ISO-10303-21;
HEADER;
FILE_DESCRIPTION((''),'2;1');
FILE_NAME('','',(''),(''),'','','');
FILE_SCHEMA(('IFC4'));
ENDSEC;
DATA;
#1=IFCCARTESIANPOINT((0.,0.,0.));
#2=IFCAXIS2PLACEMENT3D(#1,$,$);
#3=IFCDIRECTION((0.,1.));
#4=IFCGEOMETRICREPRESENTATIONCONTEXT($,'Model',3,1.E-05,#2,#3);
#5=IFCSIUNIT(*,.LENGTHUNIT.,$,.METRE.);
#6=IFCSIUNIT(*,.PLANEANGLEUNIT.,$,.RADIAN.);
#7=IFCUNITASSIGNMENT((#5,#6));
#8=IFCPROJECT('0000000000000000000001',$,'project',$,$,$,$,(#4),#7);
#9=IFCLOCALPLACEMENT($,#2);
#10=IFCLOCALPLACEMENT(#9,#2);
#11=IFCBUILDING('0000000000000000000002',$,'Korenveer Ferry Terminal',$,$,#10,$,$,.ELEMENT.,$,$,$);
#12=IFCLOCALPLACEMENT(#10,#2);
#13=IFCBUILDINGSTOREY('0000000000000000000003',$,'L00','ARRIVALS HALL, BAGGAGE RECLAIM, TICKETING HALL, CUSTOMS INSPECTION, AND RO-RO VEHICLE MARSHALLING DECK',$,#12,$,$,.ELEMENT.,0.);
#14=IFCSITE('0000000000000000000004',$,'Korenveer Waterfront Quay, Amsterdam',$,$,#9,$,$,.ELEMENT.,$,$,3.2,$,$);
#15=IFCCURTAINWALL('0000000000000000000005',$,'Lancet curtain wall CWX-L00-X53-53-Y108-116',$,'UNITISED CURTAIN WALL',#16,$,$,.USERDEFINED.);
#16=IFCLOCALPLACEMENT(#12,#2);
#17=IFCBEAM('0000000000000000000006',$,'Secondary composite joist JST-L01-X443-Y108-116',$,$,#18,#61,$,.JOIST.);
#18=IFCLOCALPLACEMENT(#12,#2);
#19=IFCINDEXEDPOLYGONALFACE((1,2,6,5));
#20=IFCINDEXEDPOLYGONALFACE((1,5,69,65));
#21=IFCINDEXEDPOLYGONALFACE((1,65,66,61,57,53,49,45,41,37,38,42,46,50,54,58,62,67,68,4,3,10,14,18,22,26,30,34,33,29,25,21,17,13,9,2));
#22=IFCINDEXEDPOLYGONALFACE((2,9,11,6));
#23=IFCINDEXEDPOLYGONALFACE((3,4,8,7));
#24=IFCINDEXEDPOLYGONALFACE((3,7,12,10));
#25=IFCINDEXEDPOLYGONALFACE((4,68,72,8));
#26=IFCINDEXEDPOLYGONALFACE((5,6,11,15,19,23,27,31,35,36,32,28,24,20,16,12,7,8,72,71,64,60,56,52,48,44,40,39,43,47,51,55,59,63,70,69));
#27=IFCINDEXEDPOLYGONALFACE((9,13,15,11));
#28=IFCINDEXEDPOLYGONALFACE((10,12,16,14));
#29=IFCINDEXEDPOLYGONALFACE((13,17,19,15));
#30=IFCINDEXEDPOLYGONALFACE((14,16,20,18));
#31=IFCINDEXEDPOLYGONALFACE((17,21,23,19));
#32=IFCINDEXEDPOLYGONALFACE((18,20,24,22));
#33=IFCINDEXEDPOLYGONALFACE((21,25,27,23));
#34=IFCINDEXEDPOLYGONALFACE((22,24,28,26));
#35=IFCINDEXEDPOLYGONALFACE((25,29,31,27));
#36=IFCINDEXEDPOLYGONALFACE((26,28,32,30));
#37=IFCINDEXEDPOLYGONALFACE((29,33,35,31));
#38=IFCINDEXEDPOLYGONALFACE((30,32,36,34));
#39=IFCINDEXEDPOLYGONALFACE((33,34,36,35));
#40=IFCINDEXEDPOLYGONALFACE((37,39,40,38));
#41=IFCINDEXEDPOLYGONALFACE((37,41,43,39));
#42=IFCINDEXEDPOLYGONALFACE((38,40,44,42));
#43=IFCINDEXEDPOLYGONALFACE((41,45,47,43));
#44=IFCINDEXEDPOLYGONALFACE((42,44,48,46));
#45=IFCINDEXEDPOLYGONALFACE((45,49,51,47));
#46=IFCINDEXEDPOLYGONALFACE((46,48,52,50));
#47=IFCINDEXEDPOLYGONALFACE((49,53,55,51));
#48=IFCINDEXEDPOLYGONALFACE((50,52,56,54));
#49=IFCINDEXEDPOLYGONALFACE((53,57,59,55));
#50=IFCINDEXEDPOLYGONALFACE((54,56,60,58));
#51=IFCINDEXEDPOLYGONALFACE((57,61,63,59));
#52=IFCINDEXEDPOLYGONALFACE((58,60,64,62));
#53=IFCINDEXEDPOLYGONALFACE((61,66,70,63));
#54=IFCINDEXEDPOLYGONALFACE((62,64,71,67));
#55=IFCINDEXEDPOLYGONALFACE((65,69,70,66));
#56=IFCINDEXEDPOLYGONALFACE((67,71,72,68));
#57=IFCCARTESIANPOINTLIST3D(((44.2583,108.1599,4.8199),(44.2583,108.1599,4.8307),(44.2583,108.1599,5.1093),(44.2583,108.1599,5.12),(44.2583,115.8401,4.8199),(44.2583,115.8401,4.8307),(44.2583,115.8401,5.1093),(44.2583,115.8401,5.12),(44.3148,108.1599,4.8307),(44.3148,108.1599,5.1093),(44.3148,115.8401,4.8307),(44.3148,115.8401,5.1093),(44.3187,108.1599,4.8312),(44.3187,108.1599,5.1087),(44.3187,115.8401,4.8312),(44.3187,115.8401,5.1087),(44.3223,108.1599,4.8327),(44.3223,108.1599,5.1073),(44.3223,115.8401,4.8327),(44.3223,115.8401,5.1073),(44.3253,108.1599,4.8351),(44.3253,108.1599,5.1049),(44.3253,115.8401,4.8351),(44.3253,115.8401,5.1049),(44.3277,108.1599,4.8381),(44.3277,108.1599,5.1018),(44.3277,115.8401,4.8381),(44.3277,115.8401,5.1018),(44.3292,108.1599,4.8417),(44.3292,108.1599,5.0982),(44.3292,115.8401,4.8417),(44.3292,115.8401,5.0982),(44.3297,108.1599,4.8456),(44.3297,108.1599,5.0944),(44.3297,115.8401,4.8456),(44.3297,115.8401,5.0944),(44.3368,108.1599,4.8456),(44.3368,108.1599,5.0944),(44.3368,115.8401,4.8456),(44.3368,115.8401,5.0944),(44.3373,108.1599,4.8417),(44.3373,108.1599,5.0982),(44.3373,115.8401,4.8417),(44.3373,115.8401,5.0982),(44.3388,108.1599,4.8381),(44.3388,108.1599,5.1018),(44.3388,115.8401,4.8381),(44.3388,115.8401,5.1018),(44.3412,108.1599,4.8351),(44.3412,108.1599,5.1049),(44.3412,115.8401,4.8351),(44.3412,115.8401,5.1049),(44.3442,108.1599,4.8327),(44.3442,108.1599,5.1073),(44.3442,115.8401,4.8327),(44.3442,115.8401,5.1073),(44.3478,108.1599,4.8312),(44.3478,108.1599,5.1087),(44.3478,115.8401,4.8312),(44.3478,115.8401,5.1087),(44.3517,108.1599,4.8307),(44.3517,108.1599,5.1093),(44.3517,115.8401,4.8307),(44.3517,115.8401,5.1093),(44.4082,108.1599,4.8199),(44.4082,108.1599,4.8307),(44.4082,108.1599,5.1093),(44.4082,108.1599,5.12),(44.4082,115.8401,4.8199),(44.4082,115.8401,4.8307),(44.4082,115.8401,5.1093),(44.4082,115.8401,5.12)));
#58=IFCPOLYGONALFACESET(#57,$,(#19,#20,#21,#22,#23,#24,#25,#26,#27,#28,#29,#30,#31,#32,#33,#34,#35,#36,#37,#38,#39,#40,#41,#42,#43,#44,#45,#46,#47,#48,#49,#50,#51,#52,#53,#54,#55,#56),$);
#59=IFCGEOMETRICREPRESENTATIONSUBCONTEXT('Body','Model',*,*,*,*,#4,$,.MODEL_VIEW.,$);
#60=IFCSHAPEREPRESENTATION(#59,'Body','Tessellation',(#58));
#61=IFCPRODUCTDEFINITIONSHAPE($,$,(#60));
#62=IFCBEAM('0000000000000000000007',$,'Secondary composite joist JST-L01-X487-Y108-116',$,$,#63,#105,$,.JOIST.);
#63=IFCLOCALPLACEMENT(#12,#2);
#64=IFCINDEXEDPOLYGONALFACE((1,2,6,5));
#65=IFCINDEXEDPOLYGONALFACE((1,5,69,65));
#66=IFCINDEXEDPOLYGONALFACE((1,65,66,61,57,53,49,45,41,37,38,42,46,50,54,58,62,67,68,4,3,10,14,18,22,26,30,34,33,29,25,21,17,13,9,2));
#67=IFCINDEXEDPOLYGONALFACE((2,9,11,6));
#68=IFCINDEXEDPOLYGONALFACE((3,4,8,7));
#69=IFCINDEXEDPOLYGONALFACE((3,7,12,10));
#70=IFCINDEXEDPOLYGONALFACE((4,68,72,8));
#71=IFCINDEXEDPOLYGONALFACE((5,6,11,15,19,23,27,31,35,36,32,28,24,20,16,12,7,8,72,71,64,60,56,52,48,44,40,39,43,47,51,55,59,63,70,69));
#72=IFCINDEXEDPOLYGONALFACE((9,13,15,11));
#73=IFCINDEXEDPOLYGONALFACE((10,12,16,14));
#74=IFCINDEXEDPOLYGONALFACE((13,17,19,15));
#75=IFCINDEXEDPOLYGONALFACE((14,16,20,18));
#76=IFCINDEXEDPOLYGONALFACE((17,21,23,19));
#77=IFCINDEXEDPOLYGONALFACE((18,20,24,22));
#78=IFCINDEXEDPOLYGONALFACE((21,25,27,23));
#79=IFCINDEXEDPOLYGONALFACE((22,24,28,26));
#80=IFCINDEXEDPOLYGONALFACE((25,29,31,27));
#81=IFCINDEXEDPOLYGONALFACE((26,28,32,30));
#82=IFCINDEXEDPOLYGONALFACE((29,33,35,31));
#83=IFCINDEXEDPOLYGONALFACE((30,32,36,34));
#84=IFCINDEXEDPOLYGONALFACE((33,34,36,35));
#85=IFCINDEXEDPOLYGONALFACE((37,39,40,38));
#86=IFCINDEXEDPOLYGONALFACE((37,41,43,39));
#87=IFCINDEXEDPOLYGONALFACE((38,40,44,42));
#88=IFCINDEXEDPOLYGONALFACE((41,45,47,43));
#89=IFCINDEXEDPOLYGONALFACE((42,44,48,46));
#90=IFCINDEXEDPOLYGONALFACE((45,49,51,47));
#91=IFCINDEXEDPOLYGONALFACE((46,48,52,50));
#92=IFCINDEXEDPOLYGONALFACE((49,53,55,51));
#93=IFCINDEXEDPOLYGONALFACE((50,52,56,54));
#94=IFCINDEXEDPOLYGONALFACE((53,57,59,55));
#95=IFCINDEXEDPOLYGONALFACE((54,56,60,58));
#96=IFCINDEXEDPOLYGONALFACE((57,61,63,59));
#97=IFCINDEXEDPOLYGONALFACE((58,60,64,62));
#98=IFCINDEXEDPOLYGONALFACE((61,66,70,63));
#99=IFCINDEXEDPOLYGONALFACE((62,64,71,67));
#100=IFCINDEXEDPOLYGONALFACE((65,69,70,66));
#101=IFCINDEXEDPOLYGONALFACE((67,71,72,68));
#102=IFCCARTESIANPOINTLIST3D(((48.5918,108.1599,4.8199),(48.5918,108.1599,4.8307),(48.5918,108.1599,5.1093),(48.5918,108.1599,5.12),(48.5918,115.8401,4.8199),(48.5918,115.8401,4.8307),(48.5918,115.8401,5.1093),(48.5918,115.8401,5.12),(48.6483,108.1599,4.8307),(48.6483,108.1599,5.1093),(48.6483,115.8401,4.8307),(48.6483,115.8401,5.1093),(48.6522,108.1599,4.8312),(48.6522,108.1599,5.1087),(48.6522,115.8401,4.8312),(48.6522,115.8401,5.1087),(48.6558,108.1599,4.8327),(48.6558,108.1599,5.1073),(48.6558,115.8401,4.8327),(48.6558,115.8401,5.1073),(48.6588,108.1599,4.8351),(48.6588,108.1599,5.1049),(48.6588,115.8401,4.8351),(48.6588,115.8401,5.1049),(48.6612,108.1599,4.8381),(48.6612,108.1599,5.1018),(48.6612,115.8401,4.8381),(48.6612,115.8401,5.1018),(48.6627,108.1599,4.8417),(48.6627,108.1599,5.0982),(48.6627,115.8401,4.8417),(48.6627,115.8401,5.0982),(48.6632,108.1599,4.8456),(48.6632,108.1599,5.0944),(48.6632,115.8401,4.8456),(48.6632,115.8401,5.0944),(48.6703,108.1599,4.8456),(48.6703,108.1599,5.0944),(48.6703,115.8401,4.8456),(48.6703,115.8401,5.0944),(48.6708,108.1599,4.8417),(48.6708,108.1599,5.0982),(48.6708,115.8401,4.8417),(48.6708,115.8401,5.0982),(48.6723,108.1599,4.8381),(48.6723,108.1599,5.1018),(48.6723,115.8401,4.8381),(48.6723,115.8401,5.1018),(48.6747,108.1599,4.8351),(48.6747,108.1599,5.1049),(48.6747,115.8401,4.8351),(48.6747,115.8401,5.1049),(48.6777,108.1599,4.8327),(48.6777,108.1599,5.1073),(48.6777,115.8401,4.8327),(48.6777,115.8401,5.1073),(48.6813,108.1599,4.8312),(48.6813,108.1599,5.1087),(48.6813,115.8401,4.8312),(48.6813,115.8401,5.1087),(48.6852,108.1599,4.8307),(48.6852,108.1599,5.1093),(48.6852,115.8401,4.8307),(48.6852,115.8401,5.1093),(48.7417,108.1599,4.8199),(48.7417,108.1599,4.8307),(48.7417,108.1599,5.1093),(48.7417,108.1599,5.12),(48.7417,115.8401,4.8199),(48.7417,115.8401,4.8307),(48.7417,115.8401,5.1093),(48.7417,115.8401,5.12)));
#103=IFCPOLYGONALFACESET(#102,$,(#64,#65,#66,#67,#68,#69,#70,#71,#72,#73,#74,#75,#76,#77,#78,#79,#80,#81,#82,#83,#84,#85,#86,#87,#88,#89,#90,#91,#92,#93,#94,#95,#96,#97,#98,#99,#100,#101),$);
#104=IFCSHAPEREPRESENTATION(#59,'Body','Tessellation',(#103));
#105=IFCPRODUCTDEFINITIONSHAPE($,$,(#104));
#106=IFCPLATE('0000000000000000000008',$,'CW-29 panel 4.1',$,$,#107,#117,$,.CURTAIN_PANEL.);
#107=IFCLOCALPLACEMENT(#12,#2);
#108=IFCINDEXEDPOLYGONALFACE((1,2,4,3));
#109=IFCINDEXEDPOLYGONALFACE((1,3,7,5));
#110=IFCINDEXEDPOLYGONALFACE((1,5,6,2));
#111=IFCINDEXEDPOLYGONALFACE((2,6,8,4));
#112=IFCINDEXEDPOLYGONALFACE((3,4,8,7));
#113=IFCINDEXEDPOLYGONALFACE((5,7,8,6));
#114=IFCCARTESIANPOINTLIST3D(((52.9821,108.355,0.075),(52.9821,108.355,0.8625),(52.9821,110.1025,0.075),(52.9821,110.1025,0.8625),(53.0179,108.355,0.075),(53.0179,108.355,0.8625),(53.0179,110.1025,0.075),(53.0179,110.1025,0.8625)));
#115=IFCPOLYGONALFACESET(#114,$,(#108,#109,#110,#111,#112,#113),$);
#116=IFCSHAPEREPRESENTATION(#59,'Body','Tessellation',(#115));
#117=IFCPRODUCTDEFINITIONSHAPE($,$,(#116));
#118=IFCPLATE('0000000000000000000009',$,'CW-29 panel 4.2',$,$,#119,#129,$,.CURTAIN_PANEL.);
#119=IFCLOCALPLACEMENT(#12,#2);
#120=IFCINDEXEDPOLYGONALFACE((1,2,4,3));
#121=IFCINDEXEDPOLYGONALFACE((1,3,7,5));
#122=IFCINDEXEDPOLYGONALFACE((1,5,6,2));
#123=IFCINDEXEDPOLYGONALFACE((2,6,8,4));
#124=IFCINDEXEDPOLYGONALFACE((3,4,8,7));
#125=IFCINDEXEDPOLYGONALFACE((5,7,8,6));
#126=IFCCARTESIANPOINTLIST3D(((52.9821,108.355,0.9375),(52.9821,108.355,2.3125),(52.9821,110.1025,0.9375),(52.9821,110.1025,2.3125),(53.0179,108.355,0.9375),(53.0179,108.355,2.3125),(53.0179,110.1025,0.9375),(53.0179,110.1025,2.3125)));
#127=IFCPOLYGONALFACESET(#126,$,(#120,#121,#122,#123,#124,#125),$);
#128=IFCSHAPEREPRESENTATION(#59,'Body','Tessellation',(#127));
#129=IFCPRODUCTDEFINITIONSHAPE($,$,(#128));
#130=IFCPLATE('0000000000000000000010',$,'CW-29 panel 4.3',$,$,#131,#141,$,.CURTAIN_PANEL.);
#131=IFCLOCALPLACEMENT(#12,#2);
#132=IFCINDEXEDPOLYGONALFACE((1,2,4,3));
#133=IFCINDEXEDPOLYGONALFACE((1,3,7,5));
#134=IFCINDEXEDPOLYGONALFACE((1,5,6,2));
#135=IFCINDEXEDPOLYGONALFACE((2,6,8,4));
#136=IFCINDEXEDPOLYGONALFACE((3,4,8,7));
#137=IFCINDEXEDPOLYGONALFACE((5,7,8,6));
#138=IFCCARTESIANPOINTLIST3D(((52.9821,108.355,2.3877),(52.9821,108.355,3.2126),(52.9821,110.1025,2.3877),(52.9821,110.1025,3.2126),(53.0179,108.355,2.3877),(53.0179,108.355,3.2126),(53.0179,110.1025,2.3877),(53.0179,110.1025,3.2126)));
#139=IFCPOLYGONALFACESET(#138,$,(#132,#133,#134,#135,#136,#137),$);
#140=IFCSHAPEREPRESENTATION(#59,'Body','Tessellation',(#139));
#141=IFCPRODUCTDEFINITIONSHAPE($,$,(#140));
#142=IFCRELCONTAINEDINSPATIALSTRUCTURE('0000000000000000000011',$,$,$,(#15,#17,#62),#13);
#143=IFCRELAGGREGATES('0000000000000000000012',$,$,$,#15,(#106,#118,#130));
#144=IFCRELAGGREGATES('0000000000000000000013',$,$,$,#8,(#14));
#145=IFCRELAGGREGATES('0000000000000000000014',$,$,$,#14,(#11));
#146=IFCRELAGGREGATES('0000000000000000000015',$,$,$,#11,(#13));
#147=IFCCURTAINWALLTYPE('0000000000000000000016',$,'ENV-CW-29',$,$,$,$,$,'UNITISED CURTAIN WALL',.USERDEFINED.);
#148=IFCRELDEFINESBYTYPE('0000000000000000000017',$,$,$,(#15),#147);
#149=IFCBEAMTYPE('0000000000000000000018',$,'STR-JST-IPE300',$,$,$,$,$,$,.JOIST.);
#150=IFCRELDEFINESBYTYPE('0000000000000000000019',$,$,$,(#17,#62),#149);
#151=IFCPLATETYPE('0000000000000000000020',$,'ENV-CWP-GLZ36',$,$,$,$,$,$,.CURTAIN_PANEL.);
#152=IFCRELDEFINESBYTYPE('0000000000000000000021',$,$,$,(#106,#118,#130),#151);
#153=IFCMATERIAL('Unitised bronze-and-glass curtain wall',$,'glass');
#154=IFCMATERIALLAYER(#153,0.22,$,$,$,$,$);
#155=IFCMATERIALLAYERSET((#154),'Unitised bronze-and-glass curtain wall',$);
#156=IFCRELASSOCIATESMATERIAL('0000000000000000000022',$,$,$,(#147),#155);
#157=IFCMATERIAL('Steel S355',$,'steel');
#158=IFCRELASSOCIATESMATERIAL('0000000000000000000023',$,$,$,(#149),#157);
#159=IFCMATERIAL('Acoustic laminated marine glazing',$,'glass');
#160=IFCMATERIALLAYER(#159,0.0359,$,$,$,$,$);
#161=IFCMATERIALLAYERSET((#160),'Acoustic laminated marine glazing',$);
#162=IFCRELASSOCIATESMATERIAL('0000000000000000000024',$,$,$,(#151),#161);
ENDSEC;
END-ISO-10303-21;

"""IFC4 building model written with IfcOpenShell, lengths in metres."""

from ifc_helpers import new_model, si_unit, direction, frame, origin, origin_2d, place, context, subcontext, project, spatial, rectangle, i_section, extrude, material, layer, layer_set, material_profile, profile_set, type_object, element, aggregate, save


model = new_model("IFC4")

# Units and contexts
model_context = context("Model", 3, precision=1e-05, world=origin(), true_north=direction((0.0, 1.0)))
body_context = subcontext(model_context, "Body", "Model", "MODEL_VIEW")
ifc_project = project(units=[si_unit("LENGTHUNIT", "METRE"), si_unit("PLANEANGLEUNIT", "RADIAN")], contexts=[model_context])

# Site, building, storey
site_placement = place(None, origin())
site = spatial("IfcSite", under=ifc_project, at=site_placement, Name="Korenveer Waterfront Quay, Amsterdam", CompositionType="ELEMENT", RefElevation=3.2)
building_placement = place(site_placement, origin())
building = spatial("IfcBuilding", under=site, at=building_placement, Name="Korenveer Ferry Terminal", CompositionType="ELEMENT")
storey_placement = place(building_placement, origin())
storey = spatial("IfcBuildingStorey", under=building, at=storey_placement, Name="L00", Description="ARRIVALS HALL, BAGGAGE RECLAIM, TICKETING HALL, CUSTOMS INSPECTION, AND RO-RO VEHICLE MARSHALLING DECK", CompositionType="ELEMENT", Elevation=0.0)

# Shared definitions
ifc_material_1 = material(Name="Steel S355", Category="steel")

# Curtain wall
ifc_material_2 = material(Name="Unitised bronze-and-glass curtain wall", Category="glass")
ifc_layer_1 = layer(ifc_material_2, 0.22)
ifc_layer_set_1 = layer_set([ifc_layer_1], Name="Unitised bronze-and-glass curtain wall")
curtain_wall_type_1 = type_object("IfcCurtainWallType", Name="ENV-CW-29", ElementType="UNITISED CURTAIN WALL", PredefinedType="USERDEFINED", material=ifc_layer_set_1)
curtain_wall_1_placement = place(storey_placement, frame((53.0, 115.72, 0.0)))
curtain_wall_1 = element("IfcCurtainWall", 1, at=curtain_wall_1_placement, inside=storey, type_object=curtain_wall_type_1, Name="Lancet curtain wall CWX-L00-X53-53-Y108-116", ObjectType="UNITISED CURTAIN WALL", PredefinedType="USERDEFINED")

# Beams
ifc_material_profile_1 = material_profile(ifc_material_1, i_section(OverallWidth=0.1499, OverallDepth=0.3, WebThickness=0.0071, FlangeThickness=0.0107, FilletRadius=0.0149, at=origin_2d()), Name="IPE 300")
ifc_profile_set_1 = profile_set([ifc_material_profile_1], Name="Steel S355")
beam_type_1 = type_object("IfcBeamType", Name="STR-JST-IPE300", PredefinedType="JOIST", material=ifc_profile_set_1)
for number, where, z_axis, x_axis, name in (
    (2, (44.3333, 108.1599, 4.97), (0.0, 1.0, 0.0), (-1.0, 0.0, 0.0), "Secondary composite joist JST-L01-X443-Y108-116"),
    (3, (48.6667, 108.1599, 4.97), (0.0, 1.0, 0.0), (-1.0, 0.0, 0.0), "Secondary composite joist JST-L01-X487-Y108-116"),
):
    element("IfcBeam", number, at=place(storey_placement, frame(where, z_axis=z_axis, x_axis=x_axis)), inside=storey, type_object=beam_type_1, Name=name, PredefinedType="JOIST", context=body_context, shape_type="SweptSolid", body=[
        extrude(i_section(OverallWidth=0.1499, OverallDepth=0.3, WebThickness=0.0071, FlangeThickness=0.0107, FilletRadius=0.0149, at=origin_2d()), origin(), (0.0, 0.0, 1.0), 7.6802),
    ])

# Plates
ifc_material_3 = material(Name="Acoustic laminated marine glazing", Category="glass")
ifc_layer_2 = layer(ifc_material_3, 0.0359)
ifc_layer_set_2 = layer_set([ifc_layer_2], Name="Acoustic laminated marine glazing")
plate_type = type_object("IfcPlateType", Name="ENV-CWP-GLZ36", PredefinedType="CURTAIN_PANEL", material=ifc_layer_set_2)
plate_1_placement = place(storey_placement, frame((53.0, 109.2288, 0.075), z_axis=(0.0, 0.0, 1.0), x_axis=(0.0, -1.0, 0.0)))
plate_1 = element("IfcPlate", 4, at=plate_1_placement, type_object=plate_type, Name="CW-29 panel 4.1", PredefinedType="CURTAIN_PANEL", context=body_context, shape_type="SweptSolid", body=[
    extrude(rectangle(XDim=1.7476, YDim=0.0359, at=origin_2d()), origin(), (0.0, 0.0, 1.0), 0.7876),
])
plate_2_placement = place(storey_placement, frame((53.0, 109.2288, 0.9375), z_axis=(0.0, 0.0, 1.0), x_axis=(0.0, -1.0, 0.0)))
plate_2 = element("IfcPlate", 5, at=plate_2_placement, type_object=plate_type, Name="CW-29 panel 4.2", PredefinedType="CURTAIN_PANEL", context=body_context, shape_type="SweptSolid", body=[
    extrude(rectangle(XDim=1.7476, YDim=0.0359, at=origin_2d()), origin(), (0.0, 0.0, 1.0), 1.375),
])
plate_3_placement = place(storey_placement, frame((53.0, 109.2288, 2.3877), z_axis=(0.0, 0.0, 1.0), x_axis=(0.0, -1.0, 0.0)))
plate_3 = element("IfcPlate", 6, at=plate_3_placement, type_object=plate_type, Name="CW-29 panel 4.3", PredefinedType="CURTAIN_PANEL", context=body_context, shape_type="SweptSolid", body=[
    extrude(rectangle(XDim=1.7476, YDim=0.0359, at=origin_2d()), origin(), (0.0, 0.0, 1.0), 0.825),
])
aggregate(curtain_wall_1, [plate_1, plate_2, plate_3])

save(model, "model.ifc")
